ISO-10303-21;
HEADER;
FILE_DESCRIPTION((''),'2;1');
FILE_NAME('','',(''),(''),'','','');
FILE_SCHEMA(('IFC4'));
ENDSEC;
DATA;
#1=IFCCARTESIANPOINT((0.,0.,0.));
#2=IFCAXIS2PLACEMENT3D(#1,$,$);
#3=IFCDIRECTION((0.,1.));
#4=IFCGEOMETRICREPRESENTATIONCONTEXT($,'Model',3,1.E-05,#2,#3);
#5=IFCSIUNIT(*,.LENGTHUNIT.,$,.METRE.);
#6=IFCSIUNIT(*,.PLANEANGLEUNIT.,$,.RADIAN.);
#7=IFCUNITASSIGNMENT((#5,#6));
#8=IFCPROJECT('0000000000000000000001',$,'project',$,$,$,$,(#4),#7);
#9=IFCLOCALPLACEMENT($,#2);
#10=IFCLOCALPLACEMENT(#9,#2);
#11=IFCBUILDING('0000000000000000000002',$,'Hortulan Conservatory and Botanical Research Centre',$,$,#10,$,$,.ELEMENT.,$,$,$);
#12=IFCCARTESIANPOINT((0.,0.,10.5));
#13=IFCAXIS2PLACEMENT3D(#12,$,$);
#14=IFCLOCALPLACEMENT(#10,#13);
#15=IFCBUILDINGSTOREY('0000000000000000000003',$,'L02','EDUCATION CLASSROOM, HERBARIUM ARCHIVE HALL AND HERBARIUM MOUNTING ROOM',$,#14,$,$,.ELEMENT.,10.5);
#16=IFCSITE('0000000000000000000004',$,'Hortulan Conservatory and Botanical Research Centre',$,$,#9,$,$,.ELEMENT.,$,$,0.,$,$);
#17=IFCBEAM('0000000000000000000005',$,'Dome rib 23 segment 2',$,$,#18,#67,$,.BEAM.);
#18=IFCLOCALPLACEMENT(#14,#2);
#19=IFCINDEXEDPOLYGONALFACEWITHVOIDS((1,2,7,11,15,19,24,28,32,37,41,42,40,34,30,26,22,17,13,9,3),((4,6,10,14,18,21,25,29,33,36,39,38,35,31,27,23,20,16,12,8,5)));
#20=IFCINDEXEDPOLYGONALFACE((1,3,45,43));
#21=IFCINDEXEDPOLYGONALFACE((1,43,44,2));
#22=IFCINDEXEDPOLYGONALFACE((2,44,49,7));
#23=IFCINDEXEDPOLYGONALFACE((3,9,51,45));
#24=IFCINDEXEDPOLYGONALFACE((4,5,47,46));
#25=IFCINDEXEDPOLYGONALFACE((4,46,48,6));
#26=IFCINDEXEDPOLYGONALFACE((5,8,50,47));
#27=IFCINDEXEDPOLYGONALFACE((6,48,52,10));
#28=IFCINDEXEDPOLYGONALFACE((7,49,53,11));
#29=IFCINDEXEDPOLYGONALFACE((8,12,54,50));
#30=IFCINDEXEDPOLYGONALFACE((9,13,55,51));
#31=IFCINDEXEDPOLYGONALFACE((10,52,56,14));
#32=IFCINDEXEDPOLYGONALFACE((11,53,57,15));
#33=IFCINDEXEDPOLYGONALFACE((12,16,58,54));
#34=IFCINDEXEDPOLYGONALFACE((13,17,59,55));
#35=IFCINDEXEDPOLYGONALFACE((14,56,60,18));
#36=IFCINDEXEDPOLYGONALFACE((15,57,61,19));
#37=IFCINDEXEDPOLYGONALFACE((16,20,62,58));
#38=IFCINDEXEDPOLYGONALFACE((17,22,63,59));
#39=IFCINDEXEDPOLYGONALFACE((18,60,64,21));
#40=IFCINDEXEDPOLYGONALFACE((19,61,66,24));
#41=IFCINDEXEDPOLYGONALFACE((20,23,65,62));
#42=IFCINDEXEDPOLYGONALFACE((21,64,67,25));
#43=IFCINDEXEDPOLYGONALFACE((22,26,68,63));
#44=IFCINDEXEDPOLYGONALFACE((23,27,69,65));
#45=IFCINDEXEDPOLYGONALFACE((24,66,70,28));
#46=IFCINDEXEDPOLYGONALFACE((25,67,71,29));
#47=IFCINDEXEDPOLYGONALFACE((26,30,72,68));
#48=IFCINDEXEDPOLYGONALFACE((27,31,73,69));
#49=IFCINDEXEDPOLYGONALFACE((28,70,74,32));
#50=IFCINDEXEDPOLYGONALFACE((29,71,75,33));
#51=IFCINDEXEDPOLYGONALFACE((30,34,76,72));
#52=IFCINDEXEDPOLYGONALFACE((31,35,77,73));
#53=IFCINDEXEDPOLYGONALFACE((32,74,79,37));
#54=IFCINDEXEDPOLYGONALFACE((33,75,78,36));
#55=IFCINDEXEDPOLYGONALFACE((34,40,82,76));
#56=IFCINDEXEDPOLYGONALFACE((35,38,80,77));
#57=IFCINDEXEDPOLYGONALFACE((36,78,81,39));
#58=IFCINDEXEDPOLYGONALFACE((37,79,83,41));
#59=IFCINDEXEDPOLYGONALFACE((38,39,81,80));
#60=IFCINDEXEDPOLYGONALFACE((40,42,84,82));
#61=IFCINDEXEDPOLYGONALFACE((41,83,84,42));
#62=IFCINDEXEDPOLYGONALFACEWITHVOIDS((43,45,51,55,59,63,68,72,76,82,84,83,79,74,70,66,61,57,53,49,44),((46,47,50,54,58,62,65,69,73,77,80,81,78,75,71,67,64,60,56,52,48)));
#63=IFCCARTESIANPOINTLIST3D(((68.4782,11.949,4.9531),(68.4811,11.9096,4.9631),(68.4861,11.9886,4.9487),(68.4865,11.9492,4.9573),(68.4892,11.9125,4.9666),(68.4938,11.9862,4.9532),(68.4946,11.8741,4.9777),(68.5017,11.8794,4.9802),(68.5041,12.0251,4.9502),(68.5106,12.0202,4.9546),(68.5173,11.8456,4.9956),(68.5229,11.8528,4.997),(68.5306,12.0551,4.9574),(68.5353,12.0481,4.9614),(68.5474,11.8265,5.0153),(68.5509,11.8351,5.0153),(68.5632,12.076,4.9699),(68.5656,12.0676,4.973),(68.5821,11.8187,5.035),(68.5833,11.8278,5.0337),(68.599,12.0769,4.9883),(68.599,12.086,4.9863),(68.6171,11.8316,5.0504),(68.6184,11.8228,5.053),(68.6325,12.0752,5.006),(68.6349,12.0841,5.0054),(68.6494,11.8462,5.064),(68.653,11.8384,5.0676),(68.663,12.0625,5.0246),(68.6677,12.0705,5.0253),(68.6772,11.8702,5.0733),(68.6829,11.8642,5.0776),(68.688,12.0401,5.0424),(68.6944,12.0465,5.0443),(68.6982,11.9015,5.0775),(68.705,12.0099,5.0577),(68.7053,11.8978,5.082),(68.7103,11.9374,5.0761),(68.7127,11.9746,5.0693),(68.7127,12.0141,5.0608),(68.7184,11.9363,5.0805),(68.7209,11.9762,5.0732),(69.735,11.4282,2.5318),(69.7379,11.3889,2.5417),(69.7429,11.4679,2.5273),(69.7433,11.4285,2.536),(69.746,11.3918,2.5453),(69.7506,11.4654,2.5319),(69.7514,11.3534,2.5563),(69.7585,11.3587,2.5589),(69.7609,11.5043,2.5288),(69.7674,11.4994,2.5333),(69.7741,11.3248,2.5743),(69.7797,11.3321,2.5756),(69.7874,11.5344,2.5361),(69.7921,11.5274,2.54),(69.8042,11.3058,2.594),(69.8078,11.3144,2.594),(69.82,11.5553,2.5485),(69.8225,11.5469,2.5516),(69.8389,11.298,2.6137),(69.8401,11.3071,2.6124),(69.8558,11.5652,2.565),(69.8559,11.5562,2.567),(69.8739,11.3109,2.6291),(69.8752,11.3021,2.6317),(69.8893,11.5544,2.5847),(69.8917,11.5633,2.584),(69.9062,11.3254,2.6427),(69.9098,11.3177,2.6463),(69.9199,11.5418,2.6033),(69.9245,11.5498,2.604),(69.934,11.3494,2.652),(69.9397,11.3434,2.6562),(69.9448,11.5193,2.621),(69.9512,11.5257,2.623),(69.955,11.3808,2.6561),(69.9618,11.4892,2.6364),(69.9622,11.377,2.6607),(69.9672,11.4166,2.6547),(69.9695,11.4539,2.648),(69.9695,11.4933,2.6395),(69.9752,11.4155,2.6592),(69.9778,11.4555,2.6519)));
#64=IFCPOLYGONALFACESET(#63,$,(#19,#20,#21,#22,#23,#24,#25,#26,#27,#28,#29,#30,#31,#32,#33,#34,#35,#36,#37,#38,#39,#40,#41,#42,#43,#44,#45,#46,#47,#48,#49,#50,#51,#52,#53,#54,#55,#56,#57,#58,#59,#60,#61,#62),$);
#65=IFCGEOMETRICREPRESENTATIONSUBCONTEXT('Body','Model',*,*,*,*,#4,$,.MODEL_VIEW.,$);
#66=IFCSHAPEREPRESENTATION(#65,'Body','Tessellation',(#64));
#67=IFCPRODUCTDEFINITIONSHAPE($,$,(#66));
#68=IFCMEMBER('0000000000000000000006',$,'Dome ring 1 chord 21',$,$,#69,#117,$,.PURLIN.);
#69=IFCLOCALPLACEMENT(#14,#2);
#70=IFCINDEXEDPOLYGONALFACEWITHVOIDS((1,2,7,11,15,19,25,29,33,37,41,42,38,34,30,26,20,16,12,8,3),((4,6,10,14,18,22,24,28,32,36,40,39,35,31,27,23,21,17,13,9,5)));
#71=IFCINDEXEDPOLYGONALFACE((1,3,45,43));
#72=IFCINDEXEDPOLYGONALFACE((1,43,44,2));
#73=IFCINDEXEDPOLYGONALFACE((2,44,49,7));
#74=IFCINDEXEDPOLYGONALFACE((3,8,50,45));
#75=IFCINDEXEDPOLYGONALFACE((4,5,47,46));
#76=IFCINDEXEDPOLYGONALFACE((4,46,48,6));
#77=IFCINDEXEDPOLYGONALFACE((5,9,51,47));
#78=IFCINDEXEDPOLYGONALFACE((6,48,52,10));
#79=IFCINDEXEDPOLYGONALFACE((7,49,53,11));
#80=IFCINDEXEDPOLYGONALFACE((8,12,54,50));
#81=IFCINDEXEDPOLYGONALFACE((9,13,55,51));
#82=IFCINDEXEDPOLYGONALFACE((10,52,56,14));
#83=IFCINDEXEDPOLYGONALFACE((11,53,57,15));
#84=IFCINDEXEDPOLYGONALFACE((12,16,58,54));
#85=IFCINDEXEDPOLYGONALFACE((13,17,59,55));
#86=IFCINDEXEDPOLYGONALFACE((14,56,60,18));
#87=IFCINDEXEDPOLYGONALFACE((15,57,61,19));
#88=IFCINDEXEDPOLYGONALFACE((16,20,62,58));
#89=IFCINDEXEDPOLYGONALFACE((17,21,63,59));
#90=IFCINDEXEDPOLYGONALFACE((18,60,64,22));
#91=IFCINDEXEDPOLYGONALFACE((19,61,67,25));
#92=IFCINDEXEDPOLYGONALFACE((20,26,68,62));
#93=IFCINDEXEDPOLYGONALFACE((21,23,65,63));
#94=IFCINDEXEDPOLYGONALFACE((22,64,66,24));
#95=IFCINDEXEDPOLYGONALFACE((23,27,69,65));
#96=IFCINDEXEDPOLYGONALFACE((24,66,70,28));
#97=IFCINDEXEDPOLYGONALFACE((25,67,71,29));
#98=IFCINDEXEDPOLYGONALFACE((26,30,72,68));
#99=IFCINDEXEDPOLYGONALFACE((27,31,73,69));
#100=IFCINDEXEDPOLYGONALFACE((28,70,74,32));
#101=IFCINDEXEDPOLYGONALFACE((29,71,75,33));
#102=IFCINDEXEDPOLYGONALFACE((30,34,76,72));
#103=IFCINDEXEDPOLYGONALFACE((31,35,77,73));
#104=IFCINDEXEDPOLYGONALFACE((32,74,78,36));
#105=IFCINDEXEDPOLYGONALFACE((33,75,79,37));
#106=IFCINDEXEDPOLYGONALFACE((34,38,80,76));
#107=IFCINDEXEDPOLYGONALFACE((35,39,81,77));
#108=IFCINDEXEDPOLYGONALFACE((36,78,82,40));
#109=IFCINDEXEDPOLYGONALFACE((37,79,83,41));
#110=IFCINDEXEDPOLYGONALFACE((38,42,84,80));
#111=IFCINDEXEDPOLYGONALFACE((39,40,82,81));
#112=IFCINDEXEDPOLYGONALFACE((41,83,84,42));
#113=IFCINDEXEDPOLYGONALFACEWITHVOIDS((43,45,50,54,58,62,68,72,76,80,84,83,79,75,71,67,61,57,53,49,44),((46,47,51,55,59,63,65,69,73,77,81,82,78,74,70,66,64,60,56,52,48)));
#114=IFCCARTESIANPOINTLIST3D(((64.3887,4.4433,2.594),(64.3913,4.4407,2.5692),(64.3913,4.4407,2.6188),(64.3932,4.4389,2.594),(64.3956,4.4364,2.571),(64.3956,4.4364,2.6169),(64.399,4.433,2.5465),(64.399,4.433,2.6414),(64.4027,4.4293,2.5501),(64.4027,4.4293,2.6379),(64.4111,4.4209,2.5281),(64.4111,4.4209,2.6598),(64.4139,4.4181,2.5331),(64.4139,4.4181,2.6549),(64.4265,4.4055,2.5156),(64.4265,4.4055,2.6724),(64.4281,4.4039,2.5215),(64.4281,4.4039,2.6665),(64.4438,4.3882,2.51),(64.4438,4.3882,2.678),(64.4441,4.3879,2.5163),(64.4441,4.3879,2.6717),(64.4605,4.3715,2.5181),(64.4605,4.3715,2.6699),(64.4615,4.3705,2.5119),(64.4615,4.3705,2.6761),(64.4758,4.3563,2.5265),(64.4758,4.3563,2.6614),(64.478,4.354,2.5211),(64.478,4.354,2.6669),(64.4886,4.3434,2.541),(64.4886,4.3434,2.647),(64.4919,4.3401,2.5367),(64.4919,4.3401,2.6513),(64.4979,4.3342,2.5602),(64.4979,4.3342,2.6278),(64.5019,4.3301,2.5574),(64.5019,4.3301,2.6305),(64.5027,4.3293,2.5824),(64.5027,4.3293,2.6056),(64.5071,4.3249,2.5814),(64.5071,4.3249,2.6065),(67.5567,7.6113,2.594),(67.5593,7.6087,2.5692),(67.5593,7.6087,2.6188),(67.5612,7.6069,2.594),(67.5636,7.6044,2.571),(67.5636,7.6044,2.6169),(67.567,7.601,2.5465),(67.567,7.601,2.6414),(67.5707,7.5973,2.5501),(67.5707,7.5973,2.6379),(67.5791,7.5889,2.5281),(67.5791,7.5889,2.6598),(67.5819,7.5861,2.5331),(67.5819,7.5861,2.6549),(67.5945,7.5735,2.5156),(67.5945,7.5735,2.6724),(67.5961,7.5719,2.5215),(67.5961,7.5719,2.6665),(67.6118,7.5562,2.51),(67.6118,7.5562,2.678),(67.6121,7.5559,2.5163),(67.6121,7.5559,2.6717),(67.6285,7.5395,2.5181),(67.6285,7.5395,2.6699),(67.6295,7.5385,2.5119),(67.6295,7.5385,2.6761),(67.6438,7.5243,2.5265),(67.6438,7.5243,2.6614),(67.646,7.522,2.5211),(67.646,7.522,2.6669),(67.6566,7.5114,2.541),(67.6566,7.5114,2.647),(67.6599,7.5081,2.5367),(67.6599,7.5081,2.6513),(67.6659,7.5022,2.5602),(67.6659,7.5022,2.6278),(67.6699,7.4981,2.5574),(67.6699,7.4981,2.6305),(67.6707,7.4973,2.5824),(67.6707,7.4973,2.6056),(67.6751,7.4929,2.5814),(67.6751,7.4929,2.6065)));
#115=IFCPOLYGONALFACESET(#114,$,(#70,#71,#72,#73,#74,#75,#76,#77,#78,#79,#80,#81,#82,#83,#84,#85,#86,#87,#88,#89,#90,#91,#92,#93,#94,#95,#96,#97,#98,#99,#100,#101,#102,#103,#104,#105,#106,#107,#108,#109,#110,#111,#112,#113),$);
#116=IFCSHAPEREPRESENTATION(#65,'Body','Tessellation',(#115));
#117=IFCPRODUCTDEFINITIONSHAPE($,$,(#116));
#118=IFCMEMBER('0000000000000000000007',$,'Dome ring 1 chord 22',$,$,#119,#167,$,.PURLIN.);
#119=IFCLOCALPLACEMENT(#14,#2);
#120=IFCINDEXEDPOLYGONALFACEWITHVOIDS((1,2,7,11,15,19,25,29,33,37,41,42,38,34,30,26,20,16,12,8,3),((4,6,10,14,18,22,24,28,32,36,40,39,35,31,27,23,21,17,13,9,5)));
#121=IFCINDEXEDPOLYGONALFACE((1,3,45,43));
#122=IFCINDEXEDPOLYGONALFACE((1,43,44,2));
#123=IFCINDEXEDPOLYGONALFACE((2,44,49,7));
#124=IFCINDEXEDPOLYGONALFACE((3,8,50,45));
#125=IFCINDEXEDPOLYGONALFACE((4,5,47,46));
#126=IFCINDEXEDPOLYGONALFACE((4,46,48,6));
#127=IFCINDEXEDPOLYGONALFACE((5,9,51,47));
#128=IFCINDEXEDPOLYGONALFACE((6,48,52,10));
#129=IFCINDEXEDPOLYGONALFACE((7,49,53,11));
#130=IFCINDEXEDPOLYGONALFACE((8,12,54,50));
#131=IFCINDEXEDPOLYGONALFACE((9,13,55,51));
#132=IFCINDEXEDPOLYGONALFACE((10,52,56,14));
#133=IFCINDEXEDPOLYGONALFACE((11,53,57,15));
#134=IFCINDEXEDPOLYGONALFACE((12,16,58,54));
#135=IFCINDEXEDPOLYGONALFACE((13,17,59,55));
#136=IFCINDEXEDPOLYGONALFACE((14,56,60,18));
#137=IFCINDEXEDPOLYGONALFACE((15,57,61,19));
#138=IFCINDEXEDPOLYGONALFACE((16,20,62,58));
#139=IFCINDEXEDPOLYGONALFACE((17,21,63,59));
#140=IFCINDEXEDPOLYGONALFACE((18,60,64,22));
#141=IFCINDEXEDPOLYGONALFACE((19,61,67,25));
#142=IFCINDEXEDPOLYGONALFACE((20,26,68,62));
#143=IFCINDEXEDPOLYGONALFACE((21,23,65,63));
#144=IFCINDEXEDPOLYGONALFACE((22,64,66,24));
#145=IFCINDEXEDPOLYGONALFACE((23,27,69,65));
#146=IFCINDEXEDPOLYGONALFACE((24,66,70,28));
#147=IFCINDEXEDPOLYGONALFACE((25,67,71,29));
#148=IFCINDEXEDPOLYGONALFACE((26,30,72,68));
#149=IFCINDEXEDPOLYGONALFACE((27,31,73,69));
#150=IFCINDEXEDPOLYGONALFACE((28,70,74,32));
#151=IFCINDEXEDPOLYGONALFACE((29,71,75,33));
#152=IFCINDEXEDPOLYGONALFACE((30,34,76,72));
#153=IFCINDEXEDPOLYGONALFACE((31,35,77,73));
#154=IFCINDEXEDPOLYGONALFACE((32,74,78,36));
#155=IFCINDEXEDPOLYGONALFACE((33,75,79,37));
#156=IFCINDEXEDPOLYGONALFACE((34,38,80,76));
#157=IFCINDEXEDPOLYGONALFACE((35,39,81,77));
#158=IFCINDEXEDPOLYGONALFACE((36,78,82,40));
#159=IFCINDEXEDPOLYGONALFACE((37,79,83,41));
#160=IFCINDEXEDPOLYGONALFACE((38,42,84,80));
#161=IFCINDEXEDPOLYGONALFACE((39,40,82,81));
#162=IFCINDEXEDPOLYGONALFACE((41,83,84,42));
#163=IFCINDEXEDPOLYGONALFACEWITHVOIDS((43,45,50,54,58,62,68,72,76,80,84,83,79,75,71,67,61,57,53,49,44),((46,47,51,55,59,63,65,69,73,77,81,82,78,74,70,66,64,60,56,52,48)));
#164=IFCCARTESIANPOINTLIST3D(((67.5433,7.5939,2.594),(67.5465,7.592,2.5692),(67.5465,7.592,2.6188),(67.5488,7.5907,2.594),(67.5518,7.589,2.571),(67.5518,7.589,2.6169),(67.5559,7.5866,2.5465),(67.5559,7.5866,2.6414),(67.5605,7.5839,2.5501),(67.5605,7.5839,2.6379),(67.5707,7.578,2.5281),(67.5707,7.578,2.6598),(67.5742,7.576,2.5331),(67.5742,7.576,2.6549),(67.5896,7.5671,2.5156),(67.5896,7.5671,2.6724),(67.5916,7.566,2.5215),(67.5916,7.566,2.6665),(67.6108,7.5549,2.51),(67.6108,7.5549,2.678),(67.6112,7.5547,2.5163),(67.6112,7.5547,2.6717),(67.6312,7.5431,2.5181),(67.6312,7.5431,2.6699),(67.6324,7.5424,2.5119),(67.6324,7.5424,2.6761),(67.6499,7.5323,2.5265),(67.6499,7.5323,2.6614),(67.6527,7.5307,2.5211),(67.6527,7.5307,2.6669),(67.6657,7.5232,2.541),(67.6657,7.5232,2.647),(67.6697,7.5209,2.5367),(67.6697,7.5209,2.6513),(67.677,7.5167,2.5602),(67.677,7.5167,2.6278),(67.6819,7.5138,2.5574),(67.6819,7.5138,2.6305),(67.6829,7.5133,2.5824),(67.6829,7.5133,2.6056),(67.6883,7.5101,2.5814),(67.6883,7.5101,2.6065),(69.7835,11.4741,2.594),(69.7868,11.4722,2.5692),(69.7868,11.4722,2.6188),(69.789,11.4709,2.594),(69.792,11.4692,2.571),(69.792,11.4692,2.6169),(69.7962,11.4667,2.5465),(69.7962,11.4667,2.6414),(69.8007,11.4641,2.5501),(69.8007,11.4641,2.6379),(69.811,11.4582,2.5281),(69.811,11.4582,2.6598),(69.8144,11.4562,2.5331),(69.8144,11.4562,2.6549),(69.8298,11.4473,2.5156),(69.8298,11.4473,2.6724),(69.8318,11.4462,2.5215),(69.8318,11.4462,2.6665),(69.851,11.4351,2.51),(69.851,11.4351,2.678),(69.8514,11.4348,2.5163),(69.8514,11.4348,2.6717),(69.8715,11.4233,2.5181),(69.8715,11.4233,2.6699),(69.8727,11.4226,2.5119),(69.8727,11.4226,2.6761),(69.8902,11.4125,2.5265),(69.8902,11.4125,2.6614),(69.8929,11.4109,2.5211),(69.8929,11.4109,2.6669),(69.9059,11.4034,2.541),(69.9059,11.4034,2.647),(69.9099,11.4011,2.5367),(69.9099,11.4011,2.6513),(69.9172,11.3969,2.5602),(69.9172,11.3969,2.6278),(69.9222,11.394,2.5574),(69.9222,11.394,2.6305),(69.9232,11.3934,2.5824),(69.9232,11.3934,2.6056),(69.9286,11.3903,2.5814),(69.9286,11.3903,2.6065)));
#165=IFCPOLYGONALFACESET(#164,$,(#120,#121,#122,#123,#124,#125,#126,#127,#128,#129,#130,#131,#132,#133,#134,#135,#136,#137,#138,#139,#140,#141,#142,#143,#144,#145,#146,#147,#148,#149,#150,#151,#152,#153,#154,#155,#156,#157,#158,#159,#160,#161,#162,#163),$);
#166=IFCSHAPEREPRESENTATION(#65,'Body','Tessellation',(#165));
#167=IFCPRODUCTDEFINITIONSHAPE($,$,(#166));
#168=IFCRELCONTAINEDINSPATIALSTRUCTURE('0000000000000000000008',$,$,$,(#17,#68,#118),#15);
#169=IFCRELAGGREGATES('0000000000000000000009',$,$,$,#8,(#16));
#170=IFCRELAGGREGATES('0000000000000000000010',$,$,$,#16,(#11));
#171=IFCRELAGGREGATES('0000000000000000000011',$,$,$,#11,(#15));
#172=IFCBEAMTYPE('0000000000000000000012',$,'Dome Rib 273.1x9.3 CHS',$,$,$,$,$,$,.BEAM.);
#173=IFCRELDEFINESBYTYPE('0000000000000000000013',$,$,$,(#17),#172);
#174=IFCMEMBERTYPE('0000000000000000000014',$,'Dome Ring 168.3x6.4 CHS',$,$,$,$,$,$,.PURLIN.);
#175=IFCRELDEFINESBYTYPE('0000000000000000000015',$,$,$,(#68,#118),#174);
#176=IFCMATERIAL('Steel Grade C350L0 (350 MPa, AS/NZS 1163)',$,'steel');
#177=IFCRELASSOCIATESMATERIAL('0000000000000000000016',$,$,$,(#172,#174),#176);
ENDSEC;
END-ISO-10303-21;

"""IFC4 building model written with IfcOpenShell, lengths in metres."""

from ifc_helpers import new_model, si_unit, direction, frame, origin, origin_2d, place, context, subcontext, project, spatial, hollow_circle, extrude, material, material_profile, profile_set, type_object, element, save


model = new_model("IFC4")

# Units and contexts
model_context = context("Model", 3, precision=1e-05, world=origin(), true_north=direction((0.0, 1.0)))
body_context = subcontext(model_context, "Body", "Model", "MODEL_VIEW")
ifc_project = project(units=[si_unit("LENGTHUNIT", "METRE"), si_unit("PLANEANGLEUNIT", "RADIAN")], contexts=[model_context])

# Site, building, storey
site_placement = place(None, origin())
site = spatial("IfcSite", under=ifc_project, at=site_placement, Name="Hortulan Conservatory and Botanical Research Centre", CompositionType="ELEMENT", RefElevation=0.0)
building_placement = place(site_placement, origin())
building = spatial("IfcBuilding", under=site, at=building_placement, Name="Hortulan Conservatory and Botanical Research Centre", CompositionType="ELEMENT")
storey_placement = place(building_placement, frame((0.0, 0.0, 10.5)))
storey = spatial("IfcBuildingStorey", under=building, at=storey_placement, Name="L02", Description="EDUCATION CLASSROOM, HERBARIUM ARCHIVE HALL AND HERBARIUM MOUNTING ROOM", CompositionType="ELEMENT", Elevation=10.5)

# Beam
ifc_material_1 = material(Name="Steel Grade C350L0 (350 MPa, AS/NZS 1163)", Category="steel")
ifc_material_profile_1 = material_profile(ifc_material_1, hollow_circle(Radius=0.1365, WallThickness=0.0093, at=origin_2d()), Name="273.1x9.3CHS")
ifc_profile_set_1 = profile_set([ifc_material_profile_1], Name="Steel Grade C350L0 (350 MPa, AS/NZS 1163)")
beam_type_1 = type_object("IfcBeamType", Name="Dome Rib 273.1x9.3 CHS", PredefinedType="BEAM", material=ifc_profile_set_1)
for number, where, z_axis, x_axis, name in (
    (1, (69.8564, 11.4319, 2.594), (-0.452523, 0.187496, 0.871819), (-0.38278, -0.92384, 0.0), "Dome rib 23 segment 2"),
):
    element("IfcBeam", number, at=place(storey_placement, frame(where, z_axis=z_axis, x_axis=x_axis)), inside=storey, type_object=beam_type_1, Name=name, PredefinedType="BEAM", context=body_context, shape_type="SweptSolid", body=[
        extrude(hollow_circle(Radius=0.1365, WallThickness=0.0093, at=origin_2d()), origin(), (0.0, 0.0, 1.0), 2.7773),
    ])

# Members
ifc_material_profile_2 = material_profile(ifc_material_1, hollow_circle(Radius=0.0842, WallThickness=0.0063, at=origin_2d()), Name="168.3x6.4CHS")
ifc_profile_set_2 = profile_set([ifc_material_profile_2], Name="Steel Grade C350L0 (350 MPa, AS/NZS 1163)")
member_type_1 = type_object("IfcMemberType", Name="Dome Ring 168.3x6.4 CHS", PredefinedType="PURLIN", material=ifc_profile_set_2)
member_1_placement = place(storey_placement, frame((64.4482, 4.3838, 2.594), z_axis=(0.707107, 0.707107, 0.0), x_axis=(-0.707107, 0.707107, 0.0)))
element("IfcMember", 2, at=member_1_placement, inside=storey, type_object=member_type_1, Name="Dome ring 1 chord 21", PredefinedType="PURLIN", context=body_context, shape_type="SweptSolid", body=[
    extrude(hollow_circle(Radius=0.0842, WallThickness=0.0063, at=origin_2d()), origin(), (0.0, 0.0, 1.0), 4.4802),
])
for number, where, z_axis, x_axis, name in (
    (3, (67.6162, 7.5518, 2.594), (0.500007, 0.866021, 0.0), (-0.866021, 0.500007, 0.0), "Dome ring 1 chord 22"),
):
    element("IfcMember", number, at=place(storey_placement, frame(where, z_axis=z_axis, x_axis=x_axis)), inside=storey, type_object=member_type_1, Name=name, PredefinedType="PURLIN", context=body_context, shape_type="SweptSolid", body=[
        extrude(hollow_circle(Radius=0.0842, WallThickness=0.0063, at=origin_2d()), origin(), (0.0, 0.0, 1.0), 4.4805),
    ])

save(model, "model.ifc")
